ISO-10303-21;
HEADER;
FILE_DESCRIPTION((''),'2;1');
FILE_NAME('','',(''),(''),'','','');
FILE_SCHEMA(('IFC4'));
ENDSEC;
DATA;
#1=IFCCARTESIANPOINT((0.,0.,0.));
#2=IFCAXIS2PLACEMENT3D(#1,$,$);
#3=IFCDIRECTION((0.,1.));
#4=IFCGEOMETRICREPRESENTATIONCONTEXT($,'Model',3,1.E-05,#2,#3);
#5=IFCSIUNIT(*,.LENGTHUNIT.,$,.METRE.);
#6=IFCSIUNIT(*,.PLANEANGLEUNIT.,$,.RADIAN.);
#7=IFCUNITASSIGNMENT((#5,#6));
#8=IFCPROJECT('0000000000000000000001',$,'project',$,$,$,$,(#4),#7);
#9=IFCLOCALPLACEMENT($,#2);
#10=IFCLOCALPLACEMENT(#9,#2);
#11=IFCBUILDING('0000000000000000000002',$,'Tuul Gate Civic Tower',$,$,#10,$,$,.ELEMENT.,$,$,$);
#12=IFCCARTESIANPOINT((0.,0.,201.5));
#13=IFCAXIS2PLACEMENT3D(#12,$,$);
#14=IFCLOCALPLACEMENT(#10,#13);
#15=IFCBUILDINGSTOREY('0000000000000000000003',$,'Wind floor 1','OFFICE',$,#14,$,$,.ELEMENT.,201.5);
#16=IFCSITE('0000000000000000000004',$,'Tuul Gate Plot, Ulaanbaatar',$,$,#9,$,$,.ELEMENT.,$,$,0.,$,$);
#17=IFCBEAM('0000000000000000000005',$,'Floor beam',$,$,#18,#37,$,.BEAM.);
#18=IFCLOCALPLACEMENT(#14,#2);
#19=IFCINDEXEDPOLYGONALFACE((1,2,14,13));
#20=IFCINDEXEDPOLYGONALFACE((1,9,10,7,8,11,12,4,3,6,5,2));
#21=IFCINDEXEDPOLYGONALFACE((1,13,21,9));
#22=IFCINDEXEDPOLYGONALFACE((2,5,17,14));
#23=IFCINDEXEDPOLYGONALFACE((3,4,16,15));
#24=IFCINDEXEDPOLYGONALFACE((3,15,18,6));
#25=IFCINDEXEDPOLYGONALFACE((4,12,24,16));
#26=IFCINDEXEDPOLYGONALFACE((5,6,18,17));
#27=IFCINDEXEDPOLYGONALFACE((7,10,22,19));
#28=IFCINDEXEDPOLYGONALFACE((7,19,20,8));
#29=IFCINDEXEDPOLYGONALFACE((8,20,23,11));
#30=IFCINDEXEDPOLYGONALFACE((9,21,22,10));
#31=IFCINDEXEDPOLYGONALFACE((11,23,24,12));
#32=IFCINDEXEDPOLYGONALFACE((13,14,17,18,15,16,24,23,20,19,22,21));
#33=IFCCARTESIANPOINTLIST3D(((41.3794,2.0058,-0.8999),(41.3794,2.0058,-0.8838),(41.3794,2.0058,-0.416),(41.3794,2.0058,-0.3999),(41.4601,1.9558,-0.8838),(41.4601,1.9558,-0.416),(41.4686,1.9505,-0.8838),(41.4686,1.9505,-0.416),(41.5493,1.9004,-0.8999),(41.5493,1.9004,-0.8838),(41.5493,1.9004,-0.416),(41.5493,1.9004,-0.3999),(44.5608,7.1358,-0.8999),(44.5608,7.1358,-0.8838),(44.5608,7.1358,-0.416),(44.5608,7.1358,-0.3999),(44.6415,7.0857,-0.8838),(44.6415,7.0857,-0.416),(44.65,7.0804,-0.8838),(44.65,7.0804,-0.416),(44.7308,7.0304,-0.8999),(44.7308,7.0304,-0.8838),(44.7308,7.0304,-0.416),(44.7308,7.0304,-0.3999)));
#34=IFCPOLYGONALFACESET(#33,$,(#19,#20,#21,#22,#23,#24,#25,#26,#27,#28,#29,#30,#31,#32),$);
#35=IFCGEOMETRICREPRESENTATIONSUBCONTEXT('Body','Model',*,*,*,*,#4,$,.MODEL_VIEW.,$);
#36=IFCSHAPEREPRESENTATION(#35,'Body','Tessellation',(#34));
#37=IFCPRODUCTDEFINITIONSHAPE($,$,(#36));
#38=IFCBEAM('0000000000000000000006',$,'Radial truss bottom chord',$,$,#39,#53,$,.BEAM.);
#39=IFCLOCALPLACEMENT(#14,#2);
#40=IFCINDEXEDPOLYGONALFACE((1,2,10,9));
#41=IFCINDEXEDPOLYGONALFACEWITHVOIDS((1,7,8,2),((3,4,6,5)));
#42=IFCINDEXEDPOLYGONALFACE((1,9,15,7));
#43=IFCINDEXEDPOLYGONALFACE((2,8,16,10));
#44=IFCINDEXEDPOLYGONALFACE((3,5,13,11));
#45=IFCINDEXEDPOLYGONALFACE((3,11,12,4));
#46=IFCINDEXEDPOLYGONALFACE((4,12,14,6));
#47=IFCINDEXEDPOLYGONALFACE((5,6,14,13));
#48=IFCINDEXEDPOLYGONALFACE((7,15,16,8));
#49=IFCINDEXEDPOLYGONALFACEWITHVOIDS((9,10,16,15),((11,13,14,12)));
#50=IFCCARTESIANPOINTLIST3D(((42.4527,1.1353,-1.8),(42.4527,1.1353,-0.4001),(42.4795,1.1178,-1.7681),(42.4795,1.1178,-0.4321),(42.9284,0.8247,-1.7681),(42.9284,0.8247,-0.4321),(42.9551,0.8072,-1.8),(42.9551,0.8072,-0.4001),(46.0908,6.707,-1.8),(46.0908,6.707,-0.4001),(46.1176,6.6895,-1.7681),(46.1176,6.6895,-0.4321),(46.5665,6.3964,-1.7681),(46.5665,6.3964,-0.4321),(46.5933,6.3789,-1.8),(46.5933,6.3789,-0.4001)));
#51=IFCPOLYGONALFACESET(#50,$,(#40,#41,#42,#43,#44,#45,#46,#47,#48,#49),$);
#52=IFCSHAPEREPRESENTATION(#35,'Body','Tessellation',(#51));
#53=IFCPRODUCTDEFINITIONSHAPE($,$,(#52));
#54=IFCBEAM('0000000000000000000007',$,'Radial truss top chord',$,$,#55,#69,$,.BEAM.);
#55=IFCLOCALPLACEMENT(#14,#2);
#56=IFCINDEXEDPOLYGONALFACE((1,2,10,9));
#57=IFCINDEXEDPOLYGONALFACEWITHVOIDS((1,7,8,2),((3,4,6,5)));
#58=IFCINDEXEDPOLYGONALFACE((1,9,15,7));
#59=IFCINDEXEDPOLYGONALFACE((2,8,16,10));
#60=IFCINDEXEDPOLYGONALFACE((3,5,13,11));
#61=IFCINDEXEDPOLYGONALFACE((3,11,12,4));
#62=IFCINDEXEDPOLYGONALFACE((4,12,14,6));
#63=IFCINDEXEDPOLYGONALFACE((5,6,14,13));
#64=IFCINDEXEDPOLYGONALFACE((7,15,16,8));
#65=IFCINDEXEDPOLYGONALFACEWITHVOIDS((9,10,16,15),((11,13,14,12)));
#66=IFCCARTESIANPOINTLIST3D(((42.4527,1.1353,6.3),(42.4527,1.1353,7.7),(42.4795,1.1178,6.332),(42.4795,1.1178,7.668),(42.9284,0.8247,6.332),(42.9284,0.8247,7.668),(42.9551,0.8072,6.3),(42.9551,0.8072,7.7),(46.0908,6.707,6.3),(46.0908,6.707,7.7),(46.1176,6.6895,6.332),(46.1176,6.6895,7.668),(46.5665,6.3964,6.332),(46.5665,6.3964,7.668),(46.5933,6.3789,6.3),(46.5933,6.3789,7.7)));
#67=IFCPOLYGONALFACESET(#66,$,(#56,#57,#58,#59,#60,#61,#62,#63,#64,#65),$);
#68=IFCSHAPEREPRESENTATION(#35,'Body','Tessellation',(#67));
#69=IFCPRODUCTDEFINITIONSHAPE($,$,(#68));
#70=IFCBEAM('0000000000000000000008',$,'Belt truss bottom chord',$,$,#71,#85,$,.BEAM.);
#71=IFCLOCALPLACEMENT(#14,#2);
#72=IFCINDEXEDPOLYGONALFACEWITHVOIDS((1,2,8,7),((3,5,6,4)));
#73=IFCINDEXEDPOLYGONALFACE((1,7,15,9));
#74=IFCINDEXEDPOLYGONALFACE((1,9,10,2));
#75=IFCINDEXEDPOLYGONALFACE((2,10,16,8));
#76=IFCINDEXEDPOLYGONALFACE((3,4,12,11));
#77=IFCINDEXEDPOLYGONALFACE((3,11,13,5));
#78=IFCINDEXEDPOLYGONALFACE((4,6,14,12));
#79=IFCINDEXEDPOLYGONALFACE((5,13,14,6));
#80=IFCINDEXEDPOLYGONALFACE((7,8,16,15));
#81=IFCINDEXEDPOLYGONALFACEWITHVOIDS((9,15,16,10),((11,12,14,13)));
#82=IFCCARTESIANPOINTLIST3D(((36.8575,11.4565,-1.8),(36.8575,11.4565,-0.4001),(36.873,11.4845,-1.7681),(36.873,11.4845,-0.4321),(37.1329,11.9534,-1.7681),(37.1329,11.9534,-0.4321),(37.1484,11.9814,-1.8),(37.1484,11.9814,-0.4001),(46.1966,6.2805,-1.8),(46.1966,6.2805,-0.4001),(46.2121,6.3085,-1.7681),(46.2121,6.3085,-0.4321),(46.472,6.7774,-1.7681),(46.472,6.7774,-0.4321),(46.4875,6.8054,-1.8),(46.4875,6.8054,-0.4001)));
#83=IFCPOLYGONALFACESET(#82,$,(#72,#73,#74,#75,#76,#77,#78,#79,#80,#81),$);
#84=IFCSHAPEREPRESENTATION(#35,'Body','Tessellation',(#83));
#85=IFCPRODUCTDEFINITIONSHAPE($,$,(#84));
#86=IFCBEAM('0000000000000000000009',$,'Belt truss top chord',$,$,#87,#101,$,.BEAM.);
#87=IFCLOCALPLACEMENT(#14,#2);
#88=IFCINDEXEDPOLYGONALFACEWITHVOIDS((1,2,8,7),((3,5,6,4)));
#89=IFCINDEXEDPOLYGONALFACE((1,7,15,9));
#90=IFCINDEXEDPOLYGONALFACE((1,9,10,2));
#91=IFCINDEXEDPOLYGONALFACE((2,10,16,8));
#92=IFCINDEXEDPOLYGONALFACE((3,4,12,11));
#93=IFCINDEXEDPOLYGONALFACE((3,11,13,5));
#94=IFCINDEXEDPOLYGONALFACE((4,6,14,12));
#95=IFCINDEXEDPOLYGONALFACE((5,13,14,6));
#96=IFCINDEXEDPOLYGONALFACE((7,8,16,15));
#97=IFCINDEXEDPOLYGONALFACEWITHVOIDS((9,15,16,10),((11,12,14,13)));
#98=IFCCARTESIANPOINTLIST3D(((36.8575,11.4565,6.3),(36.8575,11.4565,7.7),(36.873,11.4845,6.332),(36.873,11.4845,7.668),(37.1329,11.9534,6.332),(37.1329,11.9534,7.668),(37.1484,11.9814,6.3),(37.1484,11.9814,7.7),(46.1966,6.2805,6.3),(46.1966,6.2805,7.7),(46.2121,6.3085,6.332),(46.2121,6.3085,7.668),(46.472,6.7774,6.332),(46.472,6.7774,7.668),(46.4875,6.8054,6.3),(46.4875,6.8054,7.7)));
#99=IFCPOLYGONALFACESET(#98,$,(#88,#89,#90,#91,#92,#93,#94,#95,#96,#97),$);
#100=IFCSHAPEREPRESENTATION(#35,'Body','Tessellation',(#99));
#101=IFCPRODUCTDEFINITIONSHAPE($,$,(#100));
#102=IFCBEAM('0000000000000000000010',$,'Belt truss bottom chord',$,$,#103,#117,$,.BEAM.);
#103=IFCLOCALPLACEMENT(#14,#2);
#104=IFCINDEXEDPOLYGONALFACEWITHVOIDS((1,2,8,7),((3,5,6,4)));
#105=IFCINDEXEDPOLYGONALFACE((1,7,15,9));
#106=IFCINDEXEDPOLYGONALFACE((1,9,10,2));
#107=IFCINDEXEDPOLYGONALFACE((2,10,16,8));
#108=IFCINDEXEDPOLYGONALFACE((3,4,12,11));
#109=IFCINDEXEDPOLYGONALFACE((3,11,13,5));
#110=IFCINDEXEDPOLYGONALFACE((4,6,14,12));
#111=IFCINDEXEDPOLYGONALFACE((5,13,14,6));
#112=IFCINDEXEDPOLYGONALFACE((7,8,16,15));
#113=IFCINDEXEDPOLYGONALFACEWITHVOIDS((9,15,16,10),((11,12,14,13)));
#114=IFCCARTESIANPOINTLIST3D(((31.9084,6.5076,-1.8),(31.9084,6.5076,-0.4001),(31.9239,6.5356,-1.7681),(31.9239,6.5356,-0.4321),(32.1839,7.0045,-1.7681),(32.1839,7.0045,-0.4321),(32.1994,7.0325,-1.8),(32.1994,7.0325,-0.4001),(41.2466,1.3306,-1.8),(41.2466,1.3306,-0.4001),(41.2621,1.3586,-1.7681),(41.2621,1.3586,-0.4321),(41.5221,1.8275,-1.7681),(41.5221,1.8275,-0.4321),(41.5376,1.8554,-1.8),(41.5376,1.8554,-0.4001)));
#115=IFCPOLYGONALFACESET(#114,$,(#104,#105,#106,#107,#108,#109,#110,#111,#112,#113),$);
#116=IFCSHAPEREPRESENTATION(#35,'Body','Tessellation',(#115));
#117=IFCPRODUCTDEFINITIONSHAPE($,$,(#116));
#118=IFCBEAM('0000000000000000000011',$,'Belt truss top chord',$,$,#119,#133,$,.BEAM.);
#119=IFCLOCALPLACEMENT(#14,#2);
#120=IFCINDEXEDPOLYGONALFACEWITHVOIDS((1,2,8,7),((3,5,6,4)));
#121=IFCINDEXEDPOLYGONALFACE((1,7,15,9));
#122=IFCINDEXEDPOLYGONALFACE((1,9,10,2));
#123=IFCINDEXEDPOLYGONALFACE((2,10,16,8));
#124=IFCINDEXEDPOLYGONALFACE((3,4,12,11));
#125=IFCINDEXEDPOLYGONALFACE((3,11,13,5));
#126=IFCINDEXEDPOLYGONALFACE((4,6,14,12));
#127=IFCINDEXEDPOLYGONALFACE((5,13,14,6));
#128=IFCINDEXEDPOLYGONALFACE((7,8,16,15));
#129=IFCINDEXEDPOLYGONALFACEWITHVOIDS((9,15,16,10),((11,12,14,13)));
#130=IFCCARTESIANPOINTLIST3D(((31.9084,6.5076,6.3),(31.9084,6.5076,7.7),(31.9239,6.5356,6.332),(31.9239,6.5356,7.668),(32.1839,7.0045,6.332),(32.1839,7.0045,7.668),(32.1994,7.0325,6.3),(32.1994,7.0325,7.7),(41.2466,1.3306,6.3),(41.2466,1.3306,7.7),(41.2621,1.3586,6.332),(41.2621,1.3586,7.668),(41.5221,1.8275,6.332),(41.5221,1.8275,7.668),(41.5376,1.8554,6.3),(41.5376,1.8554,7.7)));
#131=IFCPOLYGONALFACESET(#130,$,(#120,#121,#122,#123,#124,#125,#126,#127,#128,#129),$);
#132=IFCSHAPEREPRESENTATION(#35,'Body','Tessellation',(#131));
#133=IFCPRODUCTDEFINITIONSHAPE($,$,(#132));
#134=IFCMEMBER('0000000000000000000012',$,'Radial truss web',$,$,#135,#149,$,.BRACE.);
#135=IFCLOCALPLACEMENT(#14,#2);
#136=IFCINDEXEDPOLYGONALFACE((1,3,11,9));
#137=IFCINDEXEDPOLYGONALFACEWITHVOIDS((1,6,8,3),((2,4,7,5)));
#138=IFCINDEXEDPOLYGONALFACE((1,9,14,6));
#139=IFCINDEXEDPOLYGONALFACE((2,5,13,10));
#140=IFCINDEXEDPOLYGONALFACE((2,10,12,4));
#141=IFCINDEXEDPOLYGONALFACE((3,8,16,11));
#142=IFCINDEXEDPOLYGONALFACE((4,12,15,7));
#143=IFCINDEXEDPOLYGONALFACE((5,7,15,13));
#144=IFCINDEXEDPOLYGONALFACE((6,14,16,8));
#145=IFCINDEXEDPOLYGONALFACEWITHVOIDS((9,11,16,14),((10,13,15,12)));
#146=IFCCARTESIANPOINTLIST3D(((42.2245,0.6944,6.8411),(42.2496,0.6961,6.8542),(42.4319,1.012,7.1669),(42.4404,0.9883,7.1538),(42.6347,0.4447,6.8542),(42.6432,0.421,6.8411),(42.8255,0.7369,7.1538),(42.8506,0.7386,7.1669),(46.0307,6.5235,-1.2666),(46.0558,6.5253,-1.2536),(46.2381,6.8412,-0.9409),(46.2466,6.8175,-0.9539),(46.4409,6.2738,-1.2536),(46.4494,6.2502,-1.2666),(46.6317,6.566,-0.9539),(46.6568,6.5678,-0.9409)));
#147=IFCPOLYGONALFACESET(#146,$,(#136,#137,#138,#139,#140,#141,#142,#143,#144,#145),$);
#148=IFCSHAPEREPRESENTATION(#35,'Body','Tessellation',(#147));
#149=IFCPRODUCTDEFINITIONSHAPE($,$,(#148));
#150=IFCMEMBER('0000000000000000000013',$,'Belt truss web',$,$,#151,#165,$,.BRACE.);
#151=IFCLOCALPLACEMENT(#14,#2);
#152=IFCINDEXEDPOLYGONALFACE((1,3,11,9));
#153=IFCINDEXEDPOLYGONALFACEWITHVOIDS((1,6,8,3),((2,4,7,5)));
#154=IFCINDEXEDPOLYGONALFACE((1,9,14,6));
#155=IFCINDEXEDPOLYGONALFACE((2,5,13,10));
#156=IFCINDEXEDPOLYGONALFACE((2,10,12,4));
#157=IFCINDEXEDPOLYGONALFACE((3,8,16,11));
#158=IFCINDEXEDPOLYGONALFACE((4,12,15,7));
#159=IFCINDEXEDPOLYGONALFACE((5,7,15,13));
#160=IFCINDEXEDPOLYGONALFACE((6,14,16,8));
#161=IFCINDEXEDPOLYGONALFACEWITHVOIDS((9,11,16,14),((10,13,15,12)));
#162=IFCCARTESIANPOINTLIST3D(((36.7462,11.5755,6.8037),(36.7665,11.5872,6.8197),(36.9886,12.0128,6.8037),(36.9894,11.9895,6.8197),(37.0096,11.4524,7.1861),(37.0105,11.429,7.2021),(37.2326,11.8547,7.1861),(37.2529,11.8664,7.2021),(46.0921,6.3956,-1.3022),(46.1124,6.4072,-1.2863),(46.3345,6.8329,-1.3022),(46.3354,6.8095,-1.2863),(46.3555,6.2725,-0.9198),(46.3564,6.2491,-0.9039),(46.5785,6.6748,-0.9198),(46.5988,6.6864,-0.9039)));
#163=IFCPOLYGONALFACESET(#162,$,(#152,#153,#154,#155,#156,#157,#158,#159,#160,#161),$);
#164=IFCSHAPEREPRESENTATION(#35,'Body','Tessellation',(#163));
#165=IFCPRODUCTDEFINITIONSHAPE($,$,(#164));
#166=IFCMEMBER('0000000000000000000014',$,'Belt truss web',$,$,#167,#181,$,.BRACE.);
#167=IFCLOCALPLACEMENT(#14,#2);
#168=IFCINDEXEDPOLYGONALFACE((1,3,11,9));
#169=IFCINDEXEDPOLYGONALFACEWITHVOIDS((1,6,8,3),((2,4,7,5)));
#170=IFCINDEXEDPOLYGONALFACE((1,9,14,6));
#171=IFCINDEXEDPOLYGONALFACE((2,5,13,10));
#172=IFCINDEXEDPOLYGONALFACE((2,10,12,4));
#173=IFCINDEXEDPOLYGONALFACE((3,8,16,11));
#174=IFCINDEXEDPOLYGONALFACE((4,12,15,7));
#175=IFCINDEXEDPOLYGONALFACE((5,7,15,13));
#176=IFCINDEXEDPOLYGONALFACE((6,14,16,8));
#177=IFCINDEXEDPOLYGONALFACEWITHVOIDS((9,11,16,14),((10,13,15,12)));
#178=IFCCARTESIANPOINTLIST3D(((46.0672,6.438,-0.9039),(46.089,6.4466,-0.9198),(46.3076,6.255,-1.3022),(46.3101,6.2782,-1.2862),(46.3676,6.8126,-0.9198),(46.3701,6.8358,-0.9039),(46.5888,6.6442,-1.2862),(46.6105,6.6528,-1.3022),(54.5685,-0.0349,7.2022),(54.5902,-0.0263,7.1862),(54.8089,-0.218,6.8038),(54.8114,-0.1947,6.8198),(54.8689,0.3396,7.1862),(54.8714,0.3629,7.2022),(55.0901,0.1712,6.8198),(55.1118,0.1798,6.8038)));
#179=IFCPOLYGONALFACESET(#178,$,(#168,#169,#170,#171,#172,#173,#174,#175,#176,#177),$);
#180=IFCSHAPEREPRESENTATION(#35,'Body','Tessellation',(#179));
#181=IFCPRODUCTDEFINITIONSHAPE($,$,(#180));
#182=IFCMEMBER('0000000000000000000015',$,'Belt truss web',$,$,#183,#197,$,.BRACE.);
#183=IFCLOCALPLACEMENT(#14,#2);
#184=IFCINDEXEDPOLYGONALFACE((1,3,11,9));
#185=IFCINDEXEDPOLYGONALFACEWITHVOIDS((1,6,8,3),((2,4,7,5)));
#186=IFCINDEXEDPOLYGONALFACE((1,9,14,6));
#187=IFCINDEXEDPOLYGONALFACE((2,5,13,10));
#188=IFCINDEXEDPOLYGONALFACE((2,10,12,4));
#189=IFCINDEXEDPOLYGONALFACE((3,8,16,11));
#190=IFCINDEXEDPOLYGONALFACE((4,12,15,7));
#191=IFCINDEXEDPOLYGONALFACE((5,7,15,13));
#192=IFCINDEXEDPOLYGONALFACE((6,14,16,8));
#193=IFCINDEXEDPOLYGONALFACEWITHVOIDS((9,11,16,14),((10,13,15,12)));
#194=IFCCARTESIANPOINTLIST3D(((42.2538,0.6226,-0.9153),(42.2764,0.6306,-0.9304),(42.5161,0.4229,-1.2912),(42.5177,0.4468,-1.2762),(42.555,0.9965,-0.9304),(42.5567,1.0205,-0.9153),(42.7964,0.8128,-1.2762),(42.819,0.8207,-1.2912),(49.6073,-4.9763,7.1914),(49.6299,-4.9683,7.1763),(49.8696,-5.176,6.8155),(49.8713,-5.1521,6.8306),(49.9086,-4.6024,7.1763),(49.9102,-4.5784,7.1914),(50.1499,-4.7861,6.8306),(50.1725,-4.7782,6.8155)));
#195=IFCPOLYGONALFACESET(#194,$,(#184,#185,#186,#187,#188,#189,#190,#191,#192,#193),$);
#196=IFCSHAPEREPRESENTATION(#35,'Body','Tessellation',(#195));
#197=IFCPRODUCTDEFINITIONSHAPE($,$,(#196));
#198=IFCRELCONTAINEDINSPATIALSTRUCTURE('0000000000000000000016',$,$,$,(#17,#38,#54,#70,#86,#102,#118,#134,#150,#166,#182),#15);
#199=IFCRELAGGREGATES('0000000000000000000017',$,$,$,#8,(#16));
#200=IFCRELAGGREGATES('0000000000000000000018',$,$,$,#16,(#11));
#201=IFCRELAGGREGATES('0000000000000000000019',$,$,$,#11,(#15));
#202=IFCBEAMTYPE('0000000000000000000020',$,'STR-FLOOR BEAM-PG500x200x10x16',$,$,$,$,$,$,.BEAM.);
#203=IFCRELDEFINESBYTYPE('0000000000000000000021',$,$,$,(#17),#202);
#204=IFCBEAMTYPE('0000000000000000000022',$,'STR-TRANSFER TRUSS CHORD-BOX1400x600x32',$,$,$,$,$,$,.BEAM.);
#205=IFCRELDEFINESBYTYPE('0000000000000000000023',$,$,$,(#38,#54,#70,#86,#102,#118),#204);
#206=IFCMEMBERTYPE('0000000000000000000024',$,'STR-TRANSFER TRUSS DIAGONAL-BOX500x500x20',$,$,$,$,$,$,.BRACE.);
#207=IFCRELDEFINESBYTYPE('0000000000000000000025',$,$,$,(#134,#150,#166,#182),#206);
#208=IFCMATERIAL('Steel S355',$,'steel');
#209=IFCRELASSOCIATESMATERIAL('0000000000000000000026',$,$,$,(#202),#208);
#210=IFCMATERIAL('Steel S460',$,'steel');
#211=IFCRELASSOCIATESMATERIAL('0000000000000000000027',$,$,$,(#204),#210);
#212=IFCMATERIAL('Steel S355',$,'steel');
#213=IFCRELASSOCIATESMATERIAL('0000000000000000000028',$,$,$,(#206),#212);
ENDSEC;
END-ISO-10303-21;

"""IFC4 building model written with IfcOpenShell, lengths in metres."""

from ifc_helpers import new_model, si_unit, direction, frame, origin, origin_2d, place, context, subcontext, project, spatial, hollow_rectangle, i_section, extrude, material, material_profile, profile_set, type_object, element, save


model = new_model("IFC4")

# Units and contexts
model_context = context("Model", 3, precision=1e-05, world=origin(), true_north=direction((0.0, 1.0)))
body_context = subcontext(model_context, "Body", "Model", "MODEL_VIEW")
ifc_project = project(units=[si_unit("LENGTHUNIT", "METRE"), si_unit("PLANEANGLEUNIT", "RADIAN")], contexts=[model_context])

# Site, building, storey
site_placement = place(None, origin())
site = spatial("IfcSite", under=ifc_project, at=site_placement, Name="Tuul Gate Plot, Ulaanbaatar", CompositionType="ELEMENT", RefElevation=0.0)
building_placement = place(site_placement, origin())
building = spatial("IfcBuilding", under=site, at=building_placement, Name="Tuul Gate Civic Tower", CompositionType="ELEMENT")
storey_placement = place(building_placement, frame((0.0, 0.0, 201.5)))
storey = spatial("IfcBuildingStorey", under=building, at=storey_placement, Name="Wind floor 1", Description="OFFICE", CompositionType="ELEMENT", Elevation=201.5)

# Beams
ifc_material_1 = material(Name="Steel S355", Category="steel")
ifc_material_profile_1 = material_profile(ifc_material_1, i_section(OverallWidth=0.2, OverallDepth=0.5, WebThickness=0.01, FlangeThickness=0.0161, at=origin_2d()), Name="PG500x200x10x16")
ifc_profile_set_1 = profile_set([ifc_material_profile_1], Name="Steel S355")
beam_type_1 = type_object("IfcBeamType", Name="STR-FLOOR BEAM-PG500x200x10x16", PredefinedType="BEAM", material=ifc_profile_set_1)
beam_placement = place(storey_placement, frame((41.4644, 1.9531, -0.6499), z_axis=(0.527044, 0.849838, 0.0), x_axis=(-0.849838, 0.527044, 0.0)))
element("IfcBeam", 1, at=beam_placement, inside=storey, type_object=beam_type_1, Name="Floor beam", PredefinedType="BEAM", context=body_context, shape_type="SweptSolid", body=[
    extrude(i_section(OverallWidth=0.2, OverallDepth=0.5, WebThickness=0.01, FlangeThickness=0.0161, at=origin_2d()), origin(), (0.0, 0.0, 1.0), 6.0364),
])
ifc_material_2 = material(Name="Steel S460", Category="steel")
ifc_material_profile_2 = material_profile(ifc_material_2, hollow_rectangle(XDim=0.6001, YDim=1.3999, WallThickness=0.032, at=origin_2d()), Name="BOX1400x600x32")
ifc_profile_set_2 = profile_set([ifc_material_profile_2], Name="Steel S460")
beam_type_2 = type_object("IfcBeamType", Name="STR-TRANSFER TRUSS CHORD-BOX1400x600x32", PredefinedType="BEAM", material=ifc_profile_set_2)
for number, where, z_axis, x_axis, name in (
    (2, (46.342, 6.543, -1.1001), (-0.546733, -0.837307, 0.0), (0.837307, -0.546733, 0.0), "Radial truss bottom chord"),
    (3, (46.342, 6.543, 7.0), (-0.546733, -0.837307, 0.0), (0.837307, -0.546733, 0.0), "Radial truss top chord"),
):
    element("IfcBeam", number, at=place(storey_placement, frame(where, z_axis=z_axis, x_axis=x_axis)), inside=storey, type_object=beam_type_2, Name=name, PredefinedType="BEAM", context=body_context, shape_type="SweptSolid", body=[
        extrude(hollow_rectangle(XDim=0.6001, YDim=1.3999, WallThickness=0.032, at=origin_2d()), origin(), (0.0, 0.0, 1.0), 6.6543),
    ])
for number, where, z_axis, x_axis, name in (
    (4, (46.342, 6.543, -1.1001), (-0.874649, 0.484757, 0.0), (-0.484757, -0.874649, 0.0), "Belt truss bottom chord"),
    (5, (46.342, 6.543, 7.0), (-0.874649, 0.484757, 0.0), (-0.484757, -0.874649, 0.0), "Belt truss top chord"),
):
    element("IfcBeam", number, at=place(storey_placement, frame(where, z_axis=z_axis, x_axis=x_axis)), inside=storey, type_object=beam_type_2, Name=name, PredefinedType="BEAM", context=body_context, shape_type="SweptSolid", body=[
        extrude(hollow_rectangle(XDim=0.6001, YDim=1.3999, WallThickness=0.032, at=origin_2d()), origin(), (0.0, 0.0, 1.0), 10.6775),
    ])
for number, where, z_axis, x_axis, name in (
    (6, (41.3921, 1.593, -1.1001), (-0.874588, 0.484866, 0.0), (-0.484866, -0.874588, 0.0), "Belt truss bottom chord"),
    (7, (41.3921, 1.593, 7.0), (-0.874588, 0.484866, 0.0), (-0.484866, -0.874588, 0.0), "Belt truss top chord"),
):
    element("IfcBeam", number, at=place(storey_placement, frame(where, z_axis=z_axis, x_axis=x_axis)), inside=storey, type_object=beam_type_2, Name=name, PredefinedType="BEAM", context=body_context, shape_type="SweptSolid", body=[
        extrude(hollow_rectangle(XDim=0.6001, YDim=1.3999, WallThickness=0.032, at=origin_2d()), origin(), (0.0, 0.0, 1.0), 10.6772),
    ])

# Members
ifc_material_3 = material(Name="Steel S355", Category="steel")
ifc_material_profile_3 = material_profile(ifc_material_3, hollow_rectangle(XDim=0.5, YDim=0.5, WallThickness=0.02, at=origin_2d()), Name="BOX500x500x20")
ifc_profile_set_3 = profile_set([ifc_material_profile_3], Name="Steel S355")
member_type_1 = type_object("IfcMemberType", Name="STR-TRANSFER TRUSS DIAGONAL-BOX500x500x20", PredefinedType="BRACE", material=ifc_profile_set_3)
member_1_placement = place(storey_placement, frame((46.3438, 6.5457, -1.1038), z_axis=(-0.356167, -0.545468, 0.758689), x_axis=(0.83731, -0.546728, 0.0)))
element("IfcMember", 8, at=member_1_placement, inside=storey, type_object=member_type_1, Name="Radial truss web", PredefinedType="BRACE", context=body_context, shape_type="SweptSolid", body=[
    extrude(hollow_rectangle(XDim=0.5, YDim=0.5, WallThickness=0.02, at=origin_2d()), origin(), (0.0, 0.0, 1.0), 10.6865),
])
member_2_placement = place(storey_placement, frame((46.3455, 6.541, -1.103), z_axis=(-0.696828, 0.386213, 0.604376), x_axis=(-0.484766, -0.874644, 0.0)))
element("IfcMember", 9, at=member_2_placement, inside=storey, type_object=member_type_1, Name="Belt truss web", PredefinedType="BRACE", context=body_context, shape_type="SweptSolid", body=[
    extrude(hollow_rectangle(XDim=0.5, YDim=0.5, WallThickness=0.02, at=origin_2d()), origin(), (0.0, 0.0, 1.0), 13.4121),
])
member_3_placement = place(storey_placement, frame((46.3389, 6.5454, -1.103), z_axis=(0.633862, -0.482628, 0.604391), x_axis=(0.605793, 0.795622, 0.0)))
element("IfcMember", 10, at=member_3_placement, inside=storey, type_object=member_type_1, Name="Belt truss web", PredefinedType="BRACE", context=body_context, shape_type="SweptSolid", body=[
    extrude(hollow_rectangle(XDim=0.5, YDim=0.5, WallThickness=0.02, at=origin_2d()), origin(), (0.0, 0.0, 1.0), 13.4119),
])
member_4_placement = place(storey_placement, frame((42.5364, 0.7217, -1.1033), z_axis=(0.598143, -0.455419, 0.659407), x_axis=(0.605783, 0.79563, 0.0)))
element("IfcMember", 11, at=member_4_placement, inside=storey, type_object=member_type_1, Name="Belt truss web", PredefinedType="BRACE", context=body_context, shape_type="SweptSolid", body=[
    extrude(hollow_rectangle(XDim=0.5, YDim=0.5, WallThickness=0.02, at=origin_2d()), origin(), (0.0, 0.0, 1.0), 12.2939),
])

save(model, "model.ifc")
